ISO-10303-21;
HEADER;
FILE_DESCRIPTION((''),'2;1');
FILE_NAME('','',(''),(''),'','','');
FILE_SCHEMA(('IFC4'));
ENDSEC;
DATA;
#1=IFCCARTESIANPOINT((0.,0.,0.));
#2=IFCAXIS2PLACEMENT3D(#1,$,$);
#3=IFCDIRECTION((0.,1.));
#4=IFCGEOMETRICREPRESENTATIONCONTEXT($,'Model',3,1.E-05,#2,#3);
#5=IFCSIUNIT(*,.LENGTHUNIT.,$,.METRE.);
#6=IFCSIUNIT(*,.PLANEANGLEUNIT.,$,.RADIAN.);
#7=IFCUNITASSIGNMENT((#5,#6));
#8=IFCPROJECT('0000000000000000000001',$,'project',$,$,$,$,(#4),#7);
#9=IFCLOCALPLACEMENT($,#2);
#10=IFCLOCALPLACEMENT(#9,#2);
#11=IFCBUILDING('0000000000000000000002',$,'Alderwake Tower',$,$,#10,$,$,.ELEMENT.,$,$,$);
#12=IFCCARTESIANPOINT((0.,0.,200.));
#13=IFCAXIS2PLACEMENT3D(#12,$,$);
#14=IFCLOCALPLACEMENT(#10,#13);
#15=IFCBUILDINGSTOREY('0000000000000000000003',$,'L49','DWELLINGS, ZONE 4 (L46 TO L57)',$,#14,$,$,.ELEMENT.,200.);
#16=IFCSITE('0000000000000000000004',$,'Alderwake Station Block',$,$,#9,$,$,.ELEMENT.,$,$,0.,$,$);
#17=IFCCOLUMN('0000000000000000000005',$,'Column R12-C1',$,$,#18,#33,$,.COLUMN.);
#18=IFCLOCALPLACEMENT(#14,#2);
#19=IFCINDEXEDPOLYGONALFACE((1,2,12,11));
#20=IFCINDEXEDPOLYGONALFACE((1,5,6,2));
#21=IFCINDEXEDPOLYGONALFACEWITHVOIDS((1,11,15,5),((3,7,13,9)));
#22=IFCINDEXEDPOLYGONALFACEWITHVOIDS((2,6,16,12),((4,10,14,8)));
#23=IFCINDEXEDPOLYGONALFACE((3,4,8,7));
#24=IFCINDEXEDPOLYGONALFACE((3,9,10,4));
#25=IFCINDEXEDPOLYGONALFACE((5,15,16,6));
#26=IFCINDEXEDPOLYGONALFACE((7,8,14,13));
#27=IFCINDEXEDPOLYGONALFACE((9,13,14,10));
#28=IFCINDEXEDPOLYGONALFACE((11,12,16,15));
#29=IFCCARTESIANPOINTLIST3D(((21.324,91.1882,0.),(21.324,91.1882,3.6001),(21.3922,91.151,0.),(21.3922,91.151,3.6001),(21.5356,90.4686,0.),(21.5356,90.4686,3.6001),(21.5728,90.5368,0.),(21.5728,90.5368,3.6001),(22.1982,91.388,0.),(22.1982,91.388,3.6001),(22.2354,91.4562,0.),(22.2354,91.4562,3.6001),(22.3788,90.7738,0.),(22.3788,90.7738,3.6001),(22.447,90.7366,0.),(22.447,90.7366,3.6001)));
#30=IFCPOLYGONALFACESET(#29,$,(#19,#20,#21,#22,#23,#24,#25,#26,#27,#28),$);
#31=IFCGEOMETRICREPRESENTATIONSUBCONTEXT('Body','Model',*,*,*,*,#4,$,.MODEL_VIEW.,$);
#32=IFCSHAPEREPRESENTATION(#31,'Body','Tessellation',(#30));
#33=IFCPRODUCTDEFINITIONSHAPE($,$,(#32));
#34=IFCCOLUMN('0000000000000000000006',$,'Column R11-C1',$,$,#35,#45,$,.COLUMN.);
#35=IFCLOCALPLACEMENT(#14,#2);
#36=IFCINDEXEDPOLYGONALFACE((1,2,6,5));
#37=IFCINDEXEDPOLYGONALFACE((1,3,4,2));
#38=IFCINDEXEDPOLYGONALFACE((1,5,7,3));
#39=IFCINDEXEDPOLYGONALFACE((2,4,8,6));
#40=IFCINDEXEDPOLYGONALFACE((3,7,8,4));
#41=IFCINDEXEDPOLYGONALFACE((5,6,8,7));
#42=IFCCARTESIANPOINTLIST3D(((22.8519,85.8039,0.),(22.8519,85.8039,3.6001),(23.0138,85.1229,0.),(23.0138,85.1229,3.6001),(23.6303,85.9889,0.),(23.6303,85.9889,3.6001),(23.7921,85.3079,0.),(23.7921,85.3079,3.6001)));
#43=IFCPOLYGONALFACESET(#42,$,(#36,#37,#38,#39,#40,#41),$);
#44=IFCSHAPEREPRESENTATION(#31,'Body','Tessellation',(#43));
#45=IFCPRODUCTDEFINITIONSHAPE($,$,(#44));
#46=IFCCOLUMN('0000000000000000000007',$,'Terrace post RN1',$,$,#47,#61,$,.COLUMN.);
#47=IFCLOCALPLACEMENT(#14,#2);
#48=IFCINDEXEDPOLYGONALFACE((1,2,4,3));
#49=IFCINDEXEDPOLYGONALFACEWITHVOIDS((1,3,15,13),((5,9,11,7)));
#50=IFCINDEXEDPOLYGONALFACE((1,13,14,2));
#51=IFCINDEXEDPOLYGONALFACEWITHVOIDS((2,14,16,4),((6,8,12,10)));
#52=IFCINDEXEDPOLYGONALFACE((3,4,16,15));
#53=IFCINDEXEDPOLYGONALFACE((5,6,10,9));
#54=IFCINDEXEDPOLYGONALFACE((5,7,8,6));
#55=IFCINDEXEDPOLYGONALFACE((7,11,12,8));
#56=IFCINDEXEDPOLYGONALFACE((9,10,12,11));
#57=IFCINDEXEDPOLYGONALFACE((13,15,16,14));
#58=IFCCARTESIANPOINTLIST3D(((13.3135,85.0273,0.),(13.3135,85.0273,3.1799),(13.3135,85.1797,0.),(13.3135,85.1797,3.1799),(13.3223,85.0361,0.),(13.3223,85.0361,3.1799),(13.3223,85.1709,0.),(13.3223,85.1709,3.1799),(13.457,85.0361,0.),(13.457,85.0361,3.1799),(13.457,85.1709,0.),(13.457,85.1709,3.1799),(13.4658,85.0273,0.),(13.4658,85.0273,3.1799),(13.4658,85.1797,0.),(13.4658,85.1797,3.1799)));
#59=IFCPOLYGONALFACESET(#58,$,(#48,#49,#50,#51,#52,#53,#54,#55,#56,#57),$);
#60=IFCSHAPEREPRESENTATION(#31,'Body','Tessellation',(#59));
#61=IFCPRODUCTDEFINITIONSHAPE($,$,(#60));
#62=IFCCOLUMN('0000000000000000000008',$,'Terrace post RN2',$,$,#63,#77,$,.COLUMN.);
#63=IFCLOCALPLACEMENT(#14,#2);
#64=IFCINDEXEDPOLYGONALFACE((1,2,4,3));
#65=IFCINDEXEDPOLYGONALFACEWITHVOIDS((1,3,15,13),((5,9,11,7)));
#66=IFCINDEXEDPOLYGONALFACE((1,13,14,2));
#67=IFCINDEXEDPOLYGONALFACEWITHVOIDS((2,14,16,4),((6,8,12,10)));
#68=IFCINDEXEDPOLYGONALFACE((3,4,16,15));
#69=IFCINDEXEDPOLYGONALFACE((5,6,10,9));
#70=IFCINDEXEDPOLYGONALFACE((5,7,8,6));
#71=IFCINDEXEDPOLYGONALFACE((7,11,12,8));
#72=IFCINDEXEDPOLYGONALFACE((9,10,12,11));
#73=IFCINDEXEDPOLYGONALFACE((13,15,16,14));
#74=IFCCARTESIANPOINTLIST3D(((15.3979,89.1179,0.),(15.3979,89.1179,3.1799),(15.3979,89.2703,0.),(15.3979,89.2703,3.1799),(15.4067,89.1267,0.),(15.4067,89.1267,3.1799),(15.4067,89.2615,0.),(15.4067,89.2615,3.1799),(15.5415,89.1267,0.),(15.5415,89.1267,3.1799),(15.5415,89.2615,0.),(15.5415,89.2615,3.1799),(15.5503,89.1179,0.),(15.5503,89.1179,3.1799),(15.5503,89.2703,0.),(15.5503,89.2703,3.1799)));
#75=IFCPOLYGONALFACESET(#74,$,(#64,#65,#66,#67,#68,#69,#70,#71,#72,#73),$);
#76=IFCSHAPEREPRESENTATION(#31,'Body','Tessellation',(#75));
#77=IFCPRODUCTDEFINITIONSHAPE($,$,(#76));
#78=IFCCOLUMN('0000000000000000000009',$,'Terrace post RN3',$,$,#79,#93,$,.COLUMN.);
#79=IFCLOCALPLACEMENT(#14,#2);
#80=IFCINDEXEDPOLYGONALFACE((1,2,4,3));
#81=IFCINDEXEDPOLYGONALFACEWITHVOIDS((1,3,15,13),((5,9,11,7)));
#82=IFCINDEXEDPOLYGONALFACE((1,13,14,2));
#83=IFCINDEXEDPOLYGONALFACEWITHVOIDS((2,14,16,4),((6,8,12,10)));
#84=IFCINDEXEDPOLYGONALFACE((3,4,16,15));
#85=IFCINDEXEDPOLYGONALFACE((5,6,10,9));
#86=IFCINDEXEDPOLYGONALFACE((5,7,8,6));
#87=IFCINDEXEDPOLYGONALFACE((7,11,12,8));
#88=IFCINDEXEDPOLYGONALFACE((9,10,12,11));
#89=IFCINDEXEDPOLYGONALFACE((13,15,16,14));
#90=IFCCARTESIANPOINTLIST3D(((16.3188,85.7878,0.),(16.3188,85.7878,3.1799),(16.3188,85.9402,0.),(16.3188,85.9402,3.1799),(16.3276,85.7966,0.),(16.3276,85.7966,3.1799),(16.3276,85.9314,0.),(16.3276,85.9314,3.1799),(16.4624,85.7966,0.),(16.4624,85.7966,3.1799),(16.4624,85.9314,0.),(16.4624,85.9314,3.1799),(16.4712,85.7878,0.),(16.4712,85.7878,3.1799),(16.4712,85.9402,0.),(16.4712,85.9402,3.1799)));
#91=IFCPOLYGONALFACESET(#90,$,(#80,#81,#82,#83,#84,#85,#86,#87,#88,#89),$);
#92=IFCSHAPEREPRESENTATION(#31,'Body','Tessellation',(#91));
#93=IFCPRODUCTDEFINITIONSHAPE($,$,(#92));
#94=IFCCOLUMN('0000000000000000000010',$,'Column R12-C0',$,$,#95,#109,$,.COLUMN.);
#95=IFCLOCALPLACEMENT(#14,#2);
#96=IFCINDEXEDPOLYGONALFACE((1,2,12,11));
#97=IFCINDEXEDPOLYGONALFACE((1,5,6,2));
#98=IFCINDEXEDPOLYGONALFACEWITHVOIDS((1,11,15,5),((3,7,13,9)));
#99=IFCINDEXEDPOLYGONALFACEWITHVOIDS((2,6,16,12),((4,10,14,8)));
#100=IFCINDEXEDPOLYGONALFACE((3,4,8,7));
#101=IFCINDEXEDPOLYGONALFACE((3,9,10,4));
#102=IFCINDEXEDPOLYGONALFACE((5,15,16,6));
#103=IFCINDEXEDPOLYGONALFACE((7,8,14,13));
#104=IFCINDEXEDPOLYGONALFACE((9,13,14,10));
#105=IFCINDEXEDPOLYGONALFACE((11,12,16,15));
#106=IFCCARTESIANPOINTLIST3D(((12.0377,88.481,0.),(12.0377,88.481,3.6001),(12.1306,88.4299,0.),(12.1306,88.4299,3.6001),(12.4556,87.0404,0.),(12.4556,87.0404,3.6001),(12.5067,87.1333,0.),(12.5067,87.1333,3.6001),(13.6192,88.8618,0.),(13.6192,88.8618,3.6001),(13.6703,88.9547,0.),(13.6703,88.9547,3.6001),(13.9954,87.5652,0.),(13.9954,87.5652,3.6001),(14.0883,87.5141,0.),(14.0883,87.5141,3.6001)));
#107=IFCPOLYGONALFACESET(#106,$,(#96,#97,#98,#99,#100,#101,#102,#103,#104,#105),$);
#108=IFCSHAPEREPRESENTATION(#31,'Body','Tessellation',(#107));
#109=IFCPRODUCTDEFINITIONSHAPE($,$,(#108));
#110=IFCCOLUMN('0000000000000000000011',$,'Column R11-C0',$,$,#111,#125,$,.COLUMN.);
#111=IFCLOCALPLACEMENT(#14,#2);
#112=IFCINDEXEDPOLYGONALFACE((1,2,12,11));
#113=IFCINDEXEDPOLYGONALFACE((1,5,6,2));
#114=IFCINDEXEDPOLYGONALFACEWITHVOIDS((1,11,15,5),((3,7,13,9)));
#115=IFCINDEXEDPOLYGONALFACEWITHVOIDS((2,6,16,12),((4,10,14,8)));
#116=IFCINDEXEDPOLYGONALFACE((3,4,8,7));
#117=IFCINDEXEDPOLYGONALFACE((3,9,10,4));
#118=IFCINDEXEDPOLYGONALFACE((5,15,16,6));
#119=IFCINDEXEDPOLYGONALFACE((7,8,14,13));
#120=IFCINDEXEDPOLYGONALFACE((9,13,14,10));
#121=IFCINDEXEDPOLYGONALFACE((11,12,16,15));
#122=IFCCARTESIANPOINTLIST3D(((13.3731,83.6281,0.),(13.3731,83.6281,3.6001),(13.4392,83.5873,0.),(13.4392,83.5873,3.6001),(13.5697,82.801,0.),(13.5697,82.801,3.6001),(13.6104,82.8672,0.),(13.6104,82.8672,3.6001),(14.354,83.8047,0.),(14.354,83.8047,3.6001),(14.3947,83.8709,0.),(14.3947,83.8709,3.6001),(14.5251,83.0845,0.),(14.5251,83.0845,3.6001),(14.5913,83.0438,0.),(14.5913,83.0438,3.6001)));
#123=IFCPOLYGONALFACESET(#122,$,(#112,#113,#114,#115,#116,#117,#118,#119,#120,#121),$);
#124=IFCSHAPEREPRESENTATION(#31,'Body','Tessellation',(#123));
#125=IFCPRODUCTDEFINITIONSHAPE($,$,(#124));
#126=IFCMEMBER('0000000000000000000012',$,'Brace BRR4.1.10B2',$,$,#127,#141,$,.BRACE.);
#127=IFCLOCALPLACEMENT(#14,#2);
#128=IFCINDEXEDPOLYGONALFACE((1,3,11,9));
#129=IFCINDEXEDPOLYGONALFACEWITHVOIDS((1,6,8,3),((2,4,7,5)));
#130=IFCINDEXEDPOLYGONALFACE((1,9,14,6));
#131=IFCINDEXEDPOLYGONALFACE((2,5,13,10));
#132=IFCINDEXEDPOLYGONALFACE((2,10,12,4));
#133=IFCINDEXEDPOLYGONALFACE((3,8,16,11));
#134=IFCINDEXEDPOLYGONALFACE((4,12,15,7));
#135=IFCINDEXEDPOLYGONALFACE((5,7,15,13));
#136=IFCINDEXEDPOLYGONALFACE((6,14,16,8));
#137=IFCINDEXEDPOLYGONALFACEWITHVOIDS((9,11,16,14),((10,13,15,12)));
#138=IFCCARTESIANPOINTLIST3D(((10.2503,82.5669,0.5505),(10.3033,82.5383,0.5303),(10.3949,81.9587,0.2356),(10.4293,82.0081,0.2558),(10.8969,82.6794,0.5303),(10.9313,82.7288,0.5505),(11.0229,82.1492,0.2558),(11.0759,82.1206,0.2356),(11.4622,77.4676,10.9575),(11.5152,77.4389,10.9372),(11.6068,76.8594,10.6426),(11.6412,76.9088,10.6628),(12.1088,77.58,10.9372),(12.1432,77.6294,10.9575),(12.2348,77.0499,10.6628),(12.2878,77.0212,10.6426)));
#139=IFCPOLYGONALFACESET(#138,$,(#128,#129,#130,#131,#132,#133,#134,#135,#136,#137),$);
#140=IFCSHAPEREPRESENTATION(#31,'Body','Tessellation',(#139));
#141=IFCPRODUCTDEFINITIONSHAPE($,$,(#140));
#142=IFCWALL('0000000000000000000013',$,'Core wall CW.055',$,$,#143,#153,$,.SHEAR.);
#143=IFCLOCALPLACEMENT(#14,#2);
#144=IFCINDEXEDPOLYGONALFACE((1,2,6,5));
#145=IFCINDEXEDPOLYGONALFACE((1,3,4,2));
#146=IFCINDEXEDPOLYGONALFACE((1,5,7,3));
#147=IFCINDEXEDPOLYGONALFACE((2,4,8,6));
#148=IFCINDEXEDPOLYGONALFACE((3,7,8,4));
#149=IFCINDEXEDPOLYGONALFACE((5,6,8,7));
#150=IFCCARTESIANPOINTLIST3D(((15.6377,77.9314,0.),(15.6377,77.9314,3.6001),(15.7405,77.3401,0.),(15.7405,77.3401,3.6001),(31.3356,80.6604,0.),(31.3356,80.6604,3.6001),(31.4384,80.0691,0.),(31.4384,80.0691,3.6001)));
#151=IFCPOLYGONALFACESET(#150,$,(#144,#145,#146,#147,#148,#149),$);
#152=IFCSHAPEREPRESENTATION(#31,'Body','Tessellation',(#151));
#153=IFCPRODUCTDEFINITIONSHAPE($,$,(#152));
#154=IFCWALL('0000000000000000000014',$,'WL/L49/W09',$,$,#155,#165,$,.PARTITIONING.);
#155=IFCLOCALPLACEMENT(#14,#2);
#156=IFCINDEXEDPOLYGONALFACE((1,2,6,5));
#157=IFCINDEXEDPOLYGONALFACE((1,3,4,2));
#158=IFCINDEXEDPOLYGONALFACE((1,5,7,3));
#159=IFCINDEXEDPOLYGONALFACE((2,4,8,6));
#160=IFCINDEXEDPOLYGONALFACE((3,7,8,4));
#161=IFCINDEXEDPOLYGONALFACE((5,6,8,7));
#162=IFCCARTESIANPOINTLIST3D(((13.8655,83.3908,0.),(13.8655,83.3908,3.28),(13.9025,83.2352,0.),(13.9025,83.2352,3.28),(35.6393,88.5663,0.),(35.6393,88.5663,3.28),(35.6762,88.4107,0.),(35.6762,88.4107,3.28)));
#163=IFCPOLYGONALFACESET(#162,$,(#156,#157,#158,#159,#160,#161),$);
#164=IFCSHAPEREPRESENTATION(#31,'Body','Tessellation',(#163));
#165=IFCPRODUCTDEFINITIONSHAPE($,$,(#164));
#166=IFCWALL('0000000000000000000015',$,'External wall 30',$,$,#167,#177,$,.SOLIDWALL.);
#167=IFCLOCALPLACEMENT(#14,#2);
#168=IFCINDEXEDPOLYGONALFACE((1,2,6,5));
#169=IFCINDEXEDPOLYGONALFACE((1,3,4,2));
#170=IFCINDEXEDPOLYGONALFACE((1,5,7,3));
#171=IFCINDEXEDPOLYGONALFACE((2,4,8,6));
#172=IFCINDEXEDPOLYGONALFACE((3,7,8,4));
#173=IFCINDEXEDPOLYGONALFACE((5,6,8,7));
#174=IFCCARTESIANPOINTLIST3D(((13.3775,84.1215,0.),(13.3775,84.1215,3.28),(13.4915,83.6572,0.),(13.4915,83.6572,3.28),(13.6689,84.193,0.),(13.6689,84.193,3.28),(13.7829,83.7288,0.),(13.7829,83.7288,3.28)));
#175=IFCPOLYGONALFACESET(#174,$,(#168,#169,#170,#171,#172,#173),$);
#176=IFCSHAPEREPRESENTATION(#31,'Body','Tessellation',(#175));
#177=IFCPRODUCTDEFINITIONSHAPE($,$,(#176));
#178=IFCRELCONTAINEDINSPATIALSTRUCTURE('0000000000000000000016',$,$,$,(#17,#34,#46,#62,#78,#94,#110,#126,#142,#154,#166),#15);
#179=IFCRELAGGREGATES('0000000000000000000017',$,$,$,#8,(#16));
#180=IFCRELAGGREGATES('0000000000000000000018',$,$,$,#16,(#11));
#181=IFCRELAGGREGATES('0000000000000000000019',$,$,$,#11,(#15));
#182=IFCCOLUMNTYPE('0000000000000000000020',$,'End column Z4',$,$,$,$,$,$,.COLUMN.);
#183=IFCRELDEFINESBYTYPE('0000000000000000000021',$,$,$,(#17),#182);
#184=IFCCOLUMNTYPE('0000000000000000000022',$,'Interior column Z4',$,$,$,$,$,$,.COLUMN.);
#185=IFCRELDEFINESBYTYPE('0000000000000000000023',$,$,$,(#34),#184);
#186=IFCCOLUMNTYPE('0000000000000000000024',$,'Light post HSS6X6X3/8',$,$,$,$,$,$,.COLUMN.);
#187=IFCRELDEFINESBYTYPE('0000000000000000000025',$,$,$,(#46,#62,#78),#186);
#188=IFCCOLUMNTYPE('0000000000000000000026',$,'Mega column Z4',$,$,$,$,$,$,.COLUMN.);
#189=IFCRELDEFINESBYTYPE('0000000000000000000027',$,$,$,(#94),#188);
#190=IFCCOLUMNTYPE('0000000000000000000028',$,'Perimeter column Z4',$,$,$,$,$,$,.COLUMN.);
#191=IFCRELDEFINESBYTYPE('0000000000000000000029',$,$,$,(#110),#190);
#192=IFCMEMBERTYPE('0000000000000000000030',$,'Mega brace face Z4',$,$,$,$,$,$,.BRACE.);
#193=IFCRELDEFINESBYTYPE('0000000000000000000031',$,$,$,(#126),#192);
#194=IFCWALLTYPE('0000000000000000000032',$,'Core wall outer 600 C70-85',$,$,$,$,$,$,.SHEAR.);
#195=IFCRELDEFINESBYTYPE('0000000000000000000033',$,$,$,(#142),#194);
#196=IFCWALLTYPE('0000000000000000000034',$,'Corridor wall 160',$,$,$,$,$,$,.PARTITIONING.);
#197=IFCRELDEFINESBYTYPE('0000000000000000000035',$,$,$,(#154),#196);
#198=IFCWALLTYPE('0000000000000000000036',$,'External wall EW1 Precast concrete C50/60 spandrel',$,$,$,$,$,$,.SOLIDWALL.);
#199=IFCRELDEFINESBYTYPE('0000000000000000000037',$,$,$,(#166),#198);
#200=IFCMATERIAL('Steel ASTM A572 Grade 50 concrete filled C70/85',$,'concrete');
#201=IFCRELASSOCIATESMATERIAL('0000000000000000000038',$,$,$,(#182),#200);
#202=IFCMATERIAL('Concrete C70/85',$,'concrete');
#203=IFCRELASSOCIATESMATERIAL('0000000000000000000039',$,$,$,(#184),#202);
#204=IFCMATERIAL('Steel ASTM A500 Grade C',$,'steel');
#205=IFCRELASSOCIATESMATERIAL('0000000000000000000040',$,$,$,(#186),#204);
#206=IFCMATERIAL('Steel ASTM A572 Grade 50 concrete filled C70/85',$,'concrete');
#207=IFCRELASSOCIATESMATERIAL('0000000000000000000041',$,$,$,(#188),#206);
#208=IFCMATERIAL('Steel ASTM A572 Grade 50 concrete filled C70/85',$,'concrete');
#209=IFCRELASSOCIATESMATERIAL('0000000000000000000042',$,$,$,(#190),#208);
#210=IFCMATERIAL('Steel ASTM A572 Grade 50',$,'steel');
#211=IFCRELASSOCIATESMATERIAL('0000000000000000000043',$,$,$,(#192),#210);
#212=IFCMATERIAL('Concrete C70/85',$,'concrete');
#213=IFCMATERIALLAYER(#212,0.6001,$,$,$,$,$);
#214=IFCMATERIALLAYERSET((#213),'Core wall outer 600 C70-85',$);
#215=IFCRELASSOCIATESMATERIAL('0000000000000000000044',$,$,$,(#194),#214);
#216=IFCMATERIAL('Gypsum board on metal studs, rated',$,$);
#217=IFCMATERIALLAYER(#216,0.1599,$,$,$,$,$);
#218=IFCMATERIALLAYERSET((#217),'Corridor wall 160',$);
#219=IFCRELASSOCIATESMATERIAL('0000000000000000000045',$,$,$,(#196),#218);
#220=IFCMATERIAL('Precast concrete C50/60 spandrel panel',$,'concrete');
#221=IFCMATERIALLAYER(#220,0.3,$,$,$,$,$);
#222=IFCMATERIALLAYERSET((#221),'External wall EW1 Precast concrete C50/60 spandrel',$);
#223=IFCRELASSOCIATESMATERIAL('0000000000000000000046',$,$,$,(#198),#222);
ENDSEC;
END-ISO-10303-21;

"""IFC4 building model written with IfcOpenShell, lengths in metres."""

from ifc_helpers import new_model, si_unit, direction, frame, frame_2d, origin, origin_2d, place, context, subcontext, project, spatial, rectangle, hollow_rectangle, extrude, material, layer, layer_set, material_profile, profile_set, type_object, element, save


model = new_model("IFC4")

# Units and contexts
model_context = context("Model", 3, precision=1e-05, world=origin(), true_north=direction((0.0, 1.0)))
body_context = subcontext(model_context, "Body", "Model", "MODEL_VIEW")
ifc_project = project(units=[si_unit("LENGTHUNIT", "METRE"), si_unit("PLANEANGLEUNIT", "RADIAN")], contexts=[model_context])

# Site, building, storey
site_placement = place(None, origin())
site = spatial("IfcSite", under=ifc_project, at=site_placement, Name="Alderwake Station Block", CompositionType="ELEMENT", RefElevation=0.0)
building_placement = place(site_placement, origin())
building = spatial("IfcBuilding", under=site, at=building_placement, Name="Alderwake Tower", CompositionType="ELEMENT")
storey_placement = place(building_placement, frame((0.0, 0.0, 200.0)))
storey = spatial("IfcBuildingStorey", under=building, at=storey_placement, Name="L49", Description="DWELLINGS, ZONE 4 (L46 TO L57)", CompositionType="ELEMENT", Elevation=200.0)

# Columns
ifc_material_1 = material(Name="Steel ASTM A572 Grade 50 concrete filled C70/85", Category="concrete")
ifc_material_profile_1 = material_profile(ifc_material_1, hollow_rectangle(XDim=0.75, YDim=0.95, WallThickness=0.0549, at=origin_2d()), Name="BOX 950X750X55")
ifc_profile_set_1 = profile_set([ifc_material_profile_1], Name="Steel ASTM A572 Grade 50 concrete filled C70/85")
column_type_1 = type_object("IfcColumnType", Name="End column Z4", PredefinedType="COLUMN", material=ifc_profile_set_1)
column_1_placement = place(storey_placement, frame((21.8855, 90.9624, 0.0), z_axis=(0.0, 0.0, 1.0), x_axis=(-0.282132, 0.959376, 0.0)))
element("IfcColumn", 1, at=column_1_placement, inside=storey, type_object=column_type_1, Name="Column R12-C1", PredefinedType="COLUMN", context=body_context, shape_type="SweptSolid", body=[
    extrude(hollow_rectangle(XDim=0.75, YDim=0.95, WallThickness=0.0549, at=origin_2d()), origin(), (0.0, 0.0, 1.0), 3.6001),
])
ifc_material_2 = material(Name="Concrete C70/85", Category="concrete")
ifc_material_profile_2 = material_profile(ifc_material_2, rectangle(XDim=0.7, YDim=0.8, at=origin_2d()), Name="RC 800X700")
ifc_profile_set_2 = profile_set([ifc_material_profile_2], Name="Concrete C70/85")
column_type_2 = type_object("IfcColumnType", Name="Interior column Z4", PredefinedType="COLUMN", material=ifc_profile_set_2)
column_2_placement = place(storey_placement, frame((23.322, 85.5559, 0.0), z_axis=(0.0, 0.0, 1.0), x_axis=(-0.231222, 0.972901, 0.0)))
element("IfcColumn", 2, at=column_2_placement, inside=storey, type_object=column_type_2, Name="Column R11-C1", PredefinedType="COLUMN", context=body_context, shape_type="SweptSolid", body=[
    extrude(rectangle(XDim=0.7, YDim=0.8, at=origin_2d()), origin(), (0.0, 0.0, 1.0), 3.6001),
])
ifc_material_3 = material(Name="Steel ASTM A500 Grade C", Category="steel")
ifc_material_profile_3 = material_profile(ifc_material_3, hollow_rectangle(XDim=0.1523, YDim=0.1523, WallThickness=0.0088, at=origin_2d()), Name="HSS6X6X3/8")
ifc_profile_set_3 = profile_set([ifc_material_profile_3], Name="Steel ASTM A500 Grade C")
column_type_3 = type_object("IfcColumnType", Name="Light post HSS6X6X3/8", PredefinedType="COLUMN", material=ifc_profile_set_3)
for number, where, z_axis, x_axis, name in (
    (3, (13.3896, 85.1035, 0.0), (0.0, 0.0, 1.0), (1.0, 0.0, 0.0), "Terrace post RN1"),
    (4, (15.4741, 89.1941, 0.0), (0.0, 0.0, 1.0), (1.0, 0.0, 0.0), "Terrace post RN2"),
    (5, (16.395, 85.864, 0.0), (0.0, 0.0, 1.0), (1.0, 0.0, 0.0), "Terrace post RN3"),
):
    element("IfcColumn", number, at=place(storey_placement, frame(where, z_axis=z_axis, x_axis=x_axis)), inside=storey, type_object=column_type_3, Name=name, PredefinedType="COLUMN", context=body_context, shape_type="SweptSolid", body=[
        extrude(hollow_rectangle(XDim=0.1523, YDim=0.1523, WallThickness=0.0088, at=origin_2d()), origin(), (0.0, 0.0, 1.0), 3.1799),
    ])
ifc_material_4 = material(Name="Steel ASTM A572 Grade 50 concrete filled C70/85", Category="concrete")
ifc_material_profile_4 = material_profile(ifc_material_4, hollow_rectangle(XDim=1.5, YDim=1.7, WallThickness=0.075, at=origin_2d()), Name="BOX 1700X1500X75")
ifc_profile_set_4 = profile_set([ifc_material_profile_4], Name="Steel ASTM A572 Grade 50 concrete filled C70/85")
column_type_4 = type_object("IfcColumnType", Name="Mega column Z4", PredefinedType="COLUMN", material=ifc_profile_set_4)
column_3_placement = place(storey_placement, frame((13.063, 87.9976, 0.0), z_axis=(0.0, 0.0, 1.0), x_axis=(-0.278612, 0.960404, 0.0)))
element("IfcColumn", 6, at=column_3_placement, inside=storey, type_object=column_type_4, Name="Column R12-C0", PredefinedType="COLUMN", context=body_context, shape_type="SweptSolid", body=[
    extrude(hollow_rectangle(XDim=1.5, YDim=1.7, WallThickness=0.075, at=origin_2d()), origin(), (0.0, 0.0, 1.0), 3.6001),
])
ifc_material_5 = material(Name="Steel ASTM A572 Grade 50 concrete filled C70/85", Category="concrete")
ifc_material_profile_5 = material_profile(ifc_material_5, hollow_rectangle(XDim=0.8501, YDim=1.05, WallThickness=0.0549, at=origin_2d()), Name="BOX 1050X850X55")
ifc_profile_set_5 = profile_set([ifc_material_profile_5], Name="Steel ASTM A572 Grade 50 concrete filled C70/85")
column_type_5 = type_object("IfcColumnType", Name="Perimeter column Z4", PredefinedType="COLUMN", material=ifc_profile_set_5)
column_4_placement = place(storey_placement, frame((13.9822, 83.3359, 0.0), z_axis=(0.0, 0.0, 1.0), x_axis=(-0.231222, 0.972901, 0.0)))
element("IfcColumn", 7, at=column_4_placement, inside=storey, type_object=column_type_5, Name="Column R11-C0", PredefinedType="COLUMN", context=body_context, shape_type="SweptSolid", body=[
    extrude(hollow_rectangle(XDim=0.8501, YDim=1.05, WallThickness=0.0549, at=origin_2d()), origin(), (0.0, 0.0, 1.0), 3.6001),
])

# Member
ifc_material_6 = material(Name="Steel ASTM A572 Grade 50", Category="steel")
ifc_material_profile_6 = material_profile(ifc_material_6, hollow_rectangle(XDim=0.7, YDim=0.7, WallThickness=0.0449, at=origin_2d()), Name="BOX 700X700X45")
ifc_profile_set_6 = profile_set([ifc_material_profile_6], Name="Steel ASTM A572 Grade 50")
member_type = type_object("IfcMemberType", Name="Mega brace face Z4", PredefinedType="BRACE", material=ifc_profile_set_6)
member_placement = place(storey_placement, frame((10.6631, 82.3438, 0.3931), z_axis=(0.104006, -0.437625, 0.893122), x_axis=(0.972902, 0.23122, 0.0)))
element("IfcMember", 8, at=member_placement, inside=storey, type_object=member_type, Name="Brace BRR4.1.10B2", PredefinedType="BRACE", context=body_context, shape_type="SweptSolid", body=[
    extrude(hollow_rectangle(XDim=0.7, YDim=0.7, WallThickness=0.0449, at=origin_2d()), origin(), (0.0, 0.0, 1.0), 11.6523),
])

# Walls
ifc_material_7 = material(Name="Concrete C70/85", Category="concrete")
ifc_layer_1 = layer(ifc_material_7, 0.6001)
ifc_layer_set_1 = layer_set([ifc_layer_1], Name="Core wall outer 600 C70-85")
wall_type_1 = type_object("IfcWallType", Name="Core wall outer 600 C70-85", PredefinedType="SHEAR", material=ifc_layer_set_1)
wall_1_placement = place(storey_placement, frame((15.689, 77.6357, 0.0), z_axis=(0.0, 0.0, 1.0), x_axis=(0.985223, 0.171275, 0.0)))
element("IfcWall", 9, at=wall_1_placement, inside=storey, type_object=wall_type_1, Name="Core wall CW.055", PredefinedType="SHEAR", context=body_context, shape_type="SweptSolid", body=[
    extrude(rectangle(XDim=15.9333, YDim=0.6001, at=frame_2d((7.9668, 0.0))), origin(), (0.0, 0.0, 1.0), 3.6001),
])
ifc_material_8 = material(Name="Gypsum board on metal studs, rated")
ifc_layer_2 = layer(ifc_material_8, 0.1599)
ifc_layer_set_2 = layer_set([ifc_layer_2], Name="Corridor wall 160")
wall_type_2 = type_object("IfcWallType", Name="Corridor wall 160", PredefinedType="PARTITIONING", material=ifc_layer_set_2)
wall_2_placement = place(storey_placement, frame((13.884, 83.313, 0.0), z_axis=(0.0, 0.0, 1.0), x_axis=(0.972893, 0.231254, 0.0)))
element("IfcWall", 10, at=wall_2_placement, inside=storey, type_object=wall_type_2, Name="WL/L49/W09", PredefinedType="PARTITIONING", context=body_context, shape_type="SweptSolid", body=[
    extrude(rectangle(XDim=22.3804, YDim=0.1599, at=frame_2d((11.1902, 0.0))), origin(), (0.0, 0.0, 1.0), 3.28),
])
ifc_material_9 = material(Name="Precast concrete C50/60 spandrel panel", Category="concrete")
ifc_layer_3 = layer(ifc_material_9, 0.3)
ifc_layer_set_3 = layer_set([ifc_layer_3], Name="External wall EW1 Precast concrete C50/60 spandrel")
wall_type_3 = type_object("IfcWallType", Name="External wall EW1 Precast concrete C50/60 spandrel", PredefinedType="SOLIDWALL", material=ifc_layer_set_3)
wall_3_placement = place(storey_placement, frame((13.5232, 84.1572, 0.0), z_axis=(0.0, 0.0, 1.0), x_axis=(0.238449, -0.971155, 0.0)))
element("IfcWall", 11, at=wall_3_placement, inside=storey, type_object=wall_type_3, Name="External wall 30", PredefinedType="SOLIDWALL", context=body_context, shape_type="SweptSolid", body=[
    extrude(rectangle(XDim=0.478, YDim=0.3, at=frame_2d((0.239, 0.0))), origin(), (0.0, 0.0, 1.0), 3.28),
])

save(model, "model.ifc")
